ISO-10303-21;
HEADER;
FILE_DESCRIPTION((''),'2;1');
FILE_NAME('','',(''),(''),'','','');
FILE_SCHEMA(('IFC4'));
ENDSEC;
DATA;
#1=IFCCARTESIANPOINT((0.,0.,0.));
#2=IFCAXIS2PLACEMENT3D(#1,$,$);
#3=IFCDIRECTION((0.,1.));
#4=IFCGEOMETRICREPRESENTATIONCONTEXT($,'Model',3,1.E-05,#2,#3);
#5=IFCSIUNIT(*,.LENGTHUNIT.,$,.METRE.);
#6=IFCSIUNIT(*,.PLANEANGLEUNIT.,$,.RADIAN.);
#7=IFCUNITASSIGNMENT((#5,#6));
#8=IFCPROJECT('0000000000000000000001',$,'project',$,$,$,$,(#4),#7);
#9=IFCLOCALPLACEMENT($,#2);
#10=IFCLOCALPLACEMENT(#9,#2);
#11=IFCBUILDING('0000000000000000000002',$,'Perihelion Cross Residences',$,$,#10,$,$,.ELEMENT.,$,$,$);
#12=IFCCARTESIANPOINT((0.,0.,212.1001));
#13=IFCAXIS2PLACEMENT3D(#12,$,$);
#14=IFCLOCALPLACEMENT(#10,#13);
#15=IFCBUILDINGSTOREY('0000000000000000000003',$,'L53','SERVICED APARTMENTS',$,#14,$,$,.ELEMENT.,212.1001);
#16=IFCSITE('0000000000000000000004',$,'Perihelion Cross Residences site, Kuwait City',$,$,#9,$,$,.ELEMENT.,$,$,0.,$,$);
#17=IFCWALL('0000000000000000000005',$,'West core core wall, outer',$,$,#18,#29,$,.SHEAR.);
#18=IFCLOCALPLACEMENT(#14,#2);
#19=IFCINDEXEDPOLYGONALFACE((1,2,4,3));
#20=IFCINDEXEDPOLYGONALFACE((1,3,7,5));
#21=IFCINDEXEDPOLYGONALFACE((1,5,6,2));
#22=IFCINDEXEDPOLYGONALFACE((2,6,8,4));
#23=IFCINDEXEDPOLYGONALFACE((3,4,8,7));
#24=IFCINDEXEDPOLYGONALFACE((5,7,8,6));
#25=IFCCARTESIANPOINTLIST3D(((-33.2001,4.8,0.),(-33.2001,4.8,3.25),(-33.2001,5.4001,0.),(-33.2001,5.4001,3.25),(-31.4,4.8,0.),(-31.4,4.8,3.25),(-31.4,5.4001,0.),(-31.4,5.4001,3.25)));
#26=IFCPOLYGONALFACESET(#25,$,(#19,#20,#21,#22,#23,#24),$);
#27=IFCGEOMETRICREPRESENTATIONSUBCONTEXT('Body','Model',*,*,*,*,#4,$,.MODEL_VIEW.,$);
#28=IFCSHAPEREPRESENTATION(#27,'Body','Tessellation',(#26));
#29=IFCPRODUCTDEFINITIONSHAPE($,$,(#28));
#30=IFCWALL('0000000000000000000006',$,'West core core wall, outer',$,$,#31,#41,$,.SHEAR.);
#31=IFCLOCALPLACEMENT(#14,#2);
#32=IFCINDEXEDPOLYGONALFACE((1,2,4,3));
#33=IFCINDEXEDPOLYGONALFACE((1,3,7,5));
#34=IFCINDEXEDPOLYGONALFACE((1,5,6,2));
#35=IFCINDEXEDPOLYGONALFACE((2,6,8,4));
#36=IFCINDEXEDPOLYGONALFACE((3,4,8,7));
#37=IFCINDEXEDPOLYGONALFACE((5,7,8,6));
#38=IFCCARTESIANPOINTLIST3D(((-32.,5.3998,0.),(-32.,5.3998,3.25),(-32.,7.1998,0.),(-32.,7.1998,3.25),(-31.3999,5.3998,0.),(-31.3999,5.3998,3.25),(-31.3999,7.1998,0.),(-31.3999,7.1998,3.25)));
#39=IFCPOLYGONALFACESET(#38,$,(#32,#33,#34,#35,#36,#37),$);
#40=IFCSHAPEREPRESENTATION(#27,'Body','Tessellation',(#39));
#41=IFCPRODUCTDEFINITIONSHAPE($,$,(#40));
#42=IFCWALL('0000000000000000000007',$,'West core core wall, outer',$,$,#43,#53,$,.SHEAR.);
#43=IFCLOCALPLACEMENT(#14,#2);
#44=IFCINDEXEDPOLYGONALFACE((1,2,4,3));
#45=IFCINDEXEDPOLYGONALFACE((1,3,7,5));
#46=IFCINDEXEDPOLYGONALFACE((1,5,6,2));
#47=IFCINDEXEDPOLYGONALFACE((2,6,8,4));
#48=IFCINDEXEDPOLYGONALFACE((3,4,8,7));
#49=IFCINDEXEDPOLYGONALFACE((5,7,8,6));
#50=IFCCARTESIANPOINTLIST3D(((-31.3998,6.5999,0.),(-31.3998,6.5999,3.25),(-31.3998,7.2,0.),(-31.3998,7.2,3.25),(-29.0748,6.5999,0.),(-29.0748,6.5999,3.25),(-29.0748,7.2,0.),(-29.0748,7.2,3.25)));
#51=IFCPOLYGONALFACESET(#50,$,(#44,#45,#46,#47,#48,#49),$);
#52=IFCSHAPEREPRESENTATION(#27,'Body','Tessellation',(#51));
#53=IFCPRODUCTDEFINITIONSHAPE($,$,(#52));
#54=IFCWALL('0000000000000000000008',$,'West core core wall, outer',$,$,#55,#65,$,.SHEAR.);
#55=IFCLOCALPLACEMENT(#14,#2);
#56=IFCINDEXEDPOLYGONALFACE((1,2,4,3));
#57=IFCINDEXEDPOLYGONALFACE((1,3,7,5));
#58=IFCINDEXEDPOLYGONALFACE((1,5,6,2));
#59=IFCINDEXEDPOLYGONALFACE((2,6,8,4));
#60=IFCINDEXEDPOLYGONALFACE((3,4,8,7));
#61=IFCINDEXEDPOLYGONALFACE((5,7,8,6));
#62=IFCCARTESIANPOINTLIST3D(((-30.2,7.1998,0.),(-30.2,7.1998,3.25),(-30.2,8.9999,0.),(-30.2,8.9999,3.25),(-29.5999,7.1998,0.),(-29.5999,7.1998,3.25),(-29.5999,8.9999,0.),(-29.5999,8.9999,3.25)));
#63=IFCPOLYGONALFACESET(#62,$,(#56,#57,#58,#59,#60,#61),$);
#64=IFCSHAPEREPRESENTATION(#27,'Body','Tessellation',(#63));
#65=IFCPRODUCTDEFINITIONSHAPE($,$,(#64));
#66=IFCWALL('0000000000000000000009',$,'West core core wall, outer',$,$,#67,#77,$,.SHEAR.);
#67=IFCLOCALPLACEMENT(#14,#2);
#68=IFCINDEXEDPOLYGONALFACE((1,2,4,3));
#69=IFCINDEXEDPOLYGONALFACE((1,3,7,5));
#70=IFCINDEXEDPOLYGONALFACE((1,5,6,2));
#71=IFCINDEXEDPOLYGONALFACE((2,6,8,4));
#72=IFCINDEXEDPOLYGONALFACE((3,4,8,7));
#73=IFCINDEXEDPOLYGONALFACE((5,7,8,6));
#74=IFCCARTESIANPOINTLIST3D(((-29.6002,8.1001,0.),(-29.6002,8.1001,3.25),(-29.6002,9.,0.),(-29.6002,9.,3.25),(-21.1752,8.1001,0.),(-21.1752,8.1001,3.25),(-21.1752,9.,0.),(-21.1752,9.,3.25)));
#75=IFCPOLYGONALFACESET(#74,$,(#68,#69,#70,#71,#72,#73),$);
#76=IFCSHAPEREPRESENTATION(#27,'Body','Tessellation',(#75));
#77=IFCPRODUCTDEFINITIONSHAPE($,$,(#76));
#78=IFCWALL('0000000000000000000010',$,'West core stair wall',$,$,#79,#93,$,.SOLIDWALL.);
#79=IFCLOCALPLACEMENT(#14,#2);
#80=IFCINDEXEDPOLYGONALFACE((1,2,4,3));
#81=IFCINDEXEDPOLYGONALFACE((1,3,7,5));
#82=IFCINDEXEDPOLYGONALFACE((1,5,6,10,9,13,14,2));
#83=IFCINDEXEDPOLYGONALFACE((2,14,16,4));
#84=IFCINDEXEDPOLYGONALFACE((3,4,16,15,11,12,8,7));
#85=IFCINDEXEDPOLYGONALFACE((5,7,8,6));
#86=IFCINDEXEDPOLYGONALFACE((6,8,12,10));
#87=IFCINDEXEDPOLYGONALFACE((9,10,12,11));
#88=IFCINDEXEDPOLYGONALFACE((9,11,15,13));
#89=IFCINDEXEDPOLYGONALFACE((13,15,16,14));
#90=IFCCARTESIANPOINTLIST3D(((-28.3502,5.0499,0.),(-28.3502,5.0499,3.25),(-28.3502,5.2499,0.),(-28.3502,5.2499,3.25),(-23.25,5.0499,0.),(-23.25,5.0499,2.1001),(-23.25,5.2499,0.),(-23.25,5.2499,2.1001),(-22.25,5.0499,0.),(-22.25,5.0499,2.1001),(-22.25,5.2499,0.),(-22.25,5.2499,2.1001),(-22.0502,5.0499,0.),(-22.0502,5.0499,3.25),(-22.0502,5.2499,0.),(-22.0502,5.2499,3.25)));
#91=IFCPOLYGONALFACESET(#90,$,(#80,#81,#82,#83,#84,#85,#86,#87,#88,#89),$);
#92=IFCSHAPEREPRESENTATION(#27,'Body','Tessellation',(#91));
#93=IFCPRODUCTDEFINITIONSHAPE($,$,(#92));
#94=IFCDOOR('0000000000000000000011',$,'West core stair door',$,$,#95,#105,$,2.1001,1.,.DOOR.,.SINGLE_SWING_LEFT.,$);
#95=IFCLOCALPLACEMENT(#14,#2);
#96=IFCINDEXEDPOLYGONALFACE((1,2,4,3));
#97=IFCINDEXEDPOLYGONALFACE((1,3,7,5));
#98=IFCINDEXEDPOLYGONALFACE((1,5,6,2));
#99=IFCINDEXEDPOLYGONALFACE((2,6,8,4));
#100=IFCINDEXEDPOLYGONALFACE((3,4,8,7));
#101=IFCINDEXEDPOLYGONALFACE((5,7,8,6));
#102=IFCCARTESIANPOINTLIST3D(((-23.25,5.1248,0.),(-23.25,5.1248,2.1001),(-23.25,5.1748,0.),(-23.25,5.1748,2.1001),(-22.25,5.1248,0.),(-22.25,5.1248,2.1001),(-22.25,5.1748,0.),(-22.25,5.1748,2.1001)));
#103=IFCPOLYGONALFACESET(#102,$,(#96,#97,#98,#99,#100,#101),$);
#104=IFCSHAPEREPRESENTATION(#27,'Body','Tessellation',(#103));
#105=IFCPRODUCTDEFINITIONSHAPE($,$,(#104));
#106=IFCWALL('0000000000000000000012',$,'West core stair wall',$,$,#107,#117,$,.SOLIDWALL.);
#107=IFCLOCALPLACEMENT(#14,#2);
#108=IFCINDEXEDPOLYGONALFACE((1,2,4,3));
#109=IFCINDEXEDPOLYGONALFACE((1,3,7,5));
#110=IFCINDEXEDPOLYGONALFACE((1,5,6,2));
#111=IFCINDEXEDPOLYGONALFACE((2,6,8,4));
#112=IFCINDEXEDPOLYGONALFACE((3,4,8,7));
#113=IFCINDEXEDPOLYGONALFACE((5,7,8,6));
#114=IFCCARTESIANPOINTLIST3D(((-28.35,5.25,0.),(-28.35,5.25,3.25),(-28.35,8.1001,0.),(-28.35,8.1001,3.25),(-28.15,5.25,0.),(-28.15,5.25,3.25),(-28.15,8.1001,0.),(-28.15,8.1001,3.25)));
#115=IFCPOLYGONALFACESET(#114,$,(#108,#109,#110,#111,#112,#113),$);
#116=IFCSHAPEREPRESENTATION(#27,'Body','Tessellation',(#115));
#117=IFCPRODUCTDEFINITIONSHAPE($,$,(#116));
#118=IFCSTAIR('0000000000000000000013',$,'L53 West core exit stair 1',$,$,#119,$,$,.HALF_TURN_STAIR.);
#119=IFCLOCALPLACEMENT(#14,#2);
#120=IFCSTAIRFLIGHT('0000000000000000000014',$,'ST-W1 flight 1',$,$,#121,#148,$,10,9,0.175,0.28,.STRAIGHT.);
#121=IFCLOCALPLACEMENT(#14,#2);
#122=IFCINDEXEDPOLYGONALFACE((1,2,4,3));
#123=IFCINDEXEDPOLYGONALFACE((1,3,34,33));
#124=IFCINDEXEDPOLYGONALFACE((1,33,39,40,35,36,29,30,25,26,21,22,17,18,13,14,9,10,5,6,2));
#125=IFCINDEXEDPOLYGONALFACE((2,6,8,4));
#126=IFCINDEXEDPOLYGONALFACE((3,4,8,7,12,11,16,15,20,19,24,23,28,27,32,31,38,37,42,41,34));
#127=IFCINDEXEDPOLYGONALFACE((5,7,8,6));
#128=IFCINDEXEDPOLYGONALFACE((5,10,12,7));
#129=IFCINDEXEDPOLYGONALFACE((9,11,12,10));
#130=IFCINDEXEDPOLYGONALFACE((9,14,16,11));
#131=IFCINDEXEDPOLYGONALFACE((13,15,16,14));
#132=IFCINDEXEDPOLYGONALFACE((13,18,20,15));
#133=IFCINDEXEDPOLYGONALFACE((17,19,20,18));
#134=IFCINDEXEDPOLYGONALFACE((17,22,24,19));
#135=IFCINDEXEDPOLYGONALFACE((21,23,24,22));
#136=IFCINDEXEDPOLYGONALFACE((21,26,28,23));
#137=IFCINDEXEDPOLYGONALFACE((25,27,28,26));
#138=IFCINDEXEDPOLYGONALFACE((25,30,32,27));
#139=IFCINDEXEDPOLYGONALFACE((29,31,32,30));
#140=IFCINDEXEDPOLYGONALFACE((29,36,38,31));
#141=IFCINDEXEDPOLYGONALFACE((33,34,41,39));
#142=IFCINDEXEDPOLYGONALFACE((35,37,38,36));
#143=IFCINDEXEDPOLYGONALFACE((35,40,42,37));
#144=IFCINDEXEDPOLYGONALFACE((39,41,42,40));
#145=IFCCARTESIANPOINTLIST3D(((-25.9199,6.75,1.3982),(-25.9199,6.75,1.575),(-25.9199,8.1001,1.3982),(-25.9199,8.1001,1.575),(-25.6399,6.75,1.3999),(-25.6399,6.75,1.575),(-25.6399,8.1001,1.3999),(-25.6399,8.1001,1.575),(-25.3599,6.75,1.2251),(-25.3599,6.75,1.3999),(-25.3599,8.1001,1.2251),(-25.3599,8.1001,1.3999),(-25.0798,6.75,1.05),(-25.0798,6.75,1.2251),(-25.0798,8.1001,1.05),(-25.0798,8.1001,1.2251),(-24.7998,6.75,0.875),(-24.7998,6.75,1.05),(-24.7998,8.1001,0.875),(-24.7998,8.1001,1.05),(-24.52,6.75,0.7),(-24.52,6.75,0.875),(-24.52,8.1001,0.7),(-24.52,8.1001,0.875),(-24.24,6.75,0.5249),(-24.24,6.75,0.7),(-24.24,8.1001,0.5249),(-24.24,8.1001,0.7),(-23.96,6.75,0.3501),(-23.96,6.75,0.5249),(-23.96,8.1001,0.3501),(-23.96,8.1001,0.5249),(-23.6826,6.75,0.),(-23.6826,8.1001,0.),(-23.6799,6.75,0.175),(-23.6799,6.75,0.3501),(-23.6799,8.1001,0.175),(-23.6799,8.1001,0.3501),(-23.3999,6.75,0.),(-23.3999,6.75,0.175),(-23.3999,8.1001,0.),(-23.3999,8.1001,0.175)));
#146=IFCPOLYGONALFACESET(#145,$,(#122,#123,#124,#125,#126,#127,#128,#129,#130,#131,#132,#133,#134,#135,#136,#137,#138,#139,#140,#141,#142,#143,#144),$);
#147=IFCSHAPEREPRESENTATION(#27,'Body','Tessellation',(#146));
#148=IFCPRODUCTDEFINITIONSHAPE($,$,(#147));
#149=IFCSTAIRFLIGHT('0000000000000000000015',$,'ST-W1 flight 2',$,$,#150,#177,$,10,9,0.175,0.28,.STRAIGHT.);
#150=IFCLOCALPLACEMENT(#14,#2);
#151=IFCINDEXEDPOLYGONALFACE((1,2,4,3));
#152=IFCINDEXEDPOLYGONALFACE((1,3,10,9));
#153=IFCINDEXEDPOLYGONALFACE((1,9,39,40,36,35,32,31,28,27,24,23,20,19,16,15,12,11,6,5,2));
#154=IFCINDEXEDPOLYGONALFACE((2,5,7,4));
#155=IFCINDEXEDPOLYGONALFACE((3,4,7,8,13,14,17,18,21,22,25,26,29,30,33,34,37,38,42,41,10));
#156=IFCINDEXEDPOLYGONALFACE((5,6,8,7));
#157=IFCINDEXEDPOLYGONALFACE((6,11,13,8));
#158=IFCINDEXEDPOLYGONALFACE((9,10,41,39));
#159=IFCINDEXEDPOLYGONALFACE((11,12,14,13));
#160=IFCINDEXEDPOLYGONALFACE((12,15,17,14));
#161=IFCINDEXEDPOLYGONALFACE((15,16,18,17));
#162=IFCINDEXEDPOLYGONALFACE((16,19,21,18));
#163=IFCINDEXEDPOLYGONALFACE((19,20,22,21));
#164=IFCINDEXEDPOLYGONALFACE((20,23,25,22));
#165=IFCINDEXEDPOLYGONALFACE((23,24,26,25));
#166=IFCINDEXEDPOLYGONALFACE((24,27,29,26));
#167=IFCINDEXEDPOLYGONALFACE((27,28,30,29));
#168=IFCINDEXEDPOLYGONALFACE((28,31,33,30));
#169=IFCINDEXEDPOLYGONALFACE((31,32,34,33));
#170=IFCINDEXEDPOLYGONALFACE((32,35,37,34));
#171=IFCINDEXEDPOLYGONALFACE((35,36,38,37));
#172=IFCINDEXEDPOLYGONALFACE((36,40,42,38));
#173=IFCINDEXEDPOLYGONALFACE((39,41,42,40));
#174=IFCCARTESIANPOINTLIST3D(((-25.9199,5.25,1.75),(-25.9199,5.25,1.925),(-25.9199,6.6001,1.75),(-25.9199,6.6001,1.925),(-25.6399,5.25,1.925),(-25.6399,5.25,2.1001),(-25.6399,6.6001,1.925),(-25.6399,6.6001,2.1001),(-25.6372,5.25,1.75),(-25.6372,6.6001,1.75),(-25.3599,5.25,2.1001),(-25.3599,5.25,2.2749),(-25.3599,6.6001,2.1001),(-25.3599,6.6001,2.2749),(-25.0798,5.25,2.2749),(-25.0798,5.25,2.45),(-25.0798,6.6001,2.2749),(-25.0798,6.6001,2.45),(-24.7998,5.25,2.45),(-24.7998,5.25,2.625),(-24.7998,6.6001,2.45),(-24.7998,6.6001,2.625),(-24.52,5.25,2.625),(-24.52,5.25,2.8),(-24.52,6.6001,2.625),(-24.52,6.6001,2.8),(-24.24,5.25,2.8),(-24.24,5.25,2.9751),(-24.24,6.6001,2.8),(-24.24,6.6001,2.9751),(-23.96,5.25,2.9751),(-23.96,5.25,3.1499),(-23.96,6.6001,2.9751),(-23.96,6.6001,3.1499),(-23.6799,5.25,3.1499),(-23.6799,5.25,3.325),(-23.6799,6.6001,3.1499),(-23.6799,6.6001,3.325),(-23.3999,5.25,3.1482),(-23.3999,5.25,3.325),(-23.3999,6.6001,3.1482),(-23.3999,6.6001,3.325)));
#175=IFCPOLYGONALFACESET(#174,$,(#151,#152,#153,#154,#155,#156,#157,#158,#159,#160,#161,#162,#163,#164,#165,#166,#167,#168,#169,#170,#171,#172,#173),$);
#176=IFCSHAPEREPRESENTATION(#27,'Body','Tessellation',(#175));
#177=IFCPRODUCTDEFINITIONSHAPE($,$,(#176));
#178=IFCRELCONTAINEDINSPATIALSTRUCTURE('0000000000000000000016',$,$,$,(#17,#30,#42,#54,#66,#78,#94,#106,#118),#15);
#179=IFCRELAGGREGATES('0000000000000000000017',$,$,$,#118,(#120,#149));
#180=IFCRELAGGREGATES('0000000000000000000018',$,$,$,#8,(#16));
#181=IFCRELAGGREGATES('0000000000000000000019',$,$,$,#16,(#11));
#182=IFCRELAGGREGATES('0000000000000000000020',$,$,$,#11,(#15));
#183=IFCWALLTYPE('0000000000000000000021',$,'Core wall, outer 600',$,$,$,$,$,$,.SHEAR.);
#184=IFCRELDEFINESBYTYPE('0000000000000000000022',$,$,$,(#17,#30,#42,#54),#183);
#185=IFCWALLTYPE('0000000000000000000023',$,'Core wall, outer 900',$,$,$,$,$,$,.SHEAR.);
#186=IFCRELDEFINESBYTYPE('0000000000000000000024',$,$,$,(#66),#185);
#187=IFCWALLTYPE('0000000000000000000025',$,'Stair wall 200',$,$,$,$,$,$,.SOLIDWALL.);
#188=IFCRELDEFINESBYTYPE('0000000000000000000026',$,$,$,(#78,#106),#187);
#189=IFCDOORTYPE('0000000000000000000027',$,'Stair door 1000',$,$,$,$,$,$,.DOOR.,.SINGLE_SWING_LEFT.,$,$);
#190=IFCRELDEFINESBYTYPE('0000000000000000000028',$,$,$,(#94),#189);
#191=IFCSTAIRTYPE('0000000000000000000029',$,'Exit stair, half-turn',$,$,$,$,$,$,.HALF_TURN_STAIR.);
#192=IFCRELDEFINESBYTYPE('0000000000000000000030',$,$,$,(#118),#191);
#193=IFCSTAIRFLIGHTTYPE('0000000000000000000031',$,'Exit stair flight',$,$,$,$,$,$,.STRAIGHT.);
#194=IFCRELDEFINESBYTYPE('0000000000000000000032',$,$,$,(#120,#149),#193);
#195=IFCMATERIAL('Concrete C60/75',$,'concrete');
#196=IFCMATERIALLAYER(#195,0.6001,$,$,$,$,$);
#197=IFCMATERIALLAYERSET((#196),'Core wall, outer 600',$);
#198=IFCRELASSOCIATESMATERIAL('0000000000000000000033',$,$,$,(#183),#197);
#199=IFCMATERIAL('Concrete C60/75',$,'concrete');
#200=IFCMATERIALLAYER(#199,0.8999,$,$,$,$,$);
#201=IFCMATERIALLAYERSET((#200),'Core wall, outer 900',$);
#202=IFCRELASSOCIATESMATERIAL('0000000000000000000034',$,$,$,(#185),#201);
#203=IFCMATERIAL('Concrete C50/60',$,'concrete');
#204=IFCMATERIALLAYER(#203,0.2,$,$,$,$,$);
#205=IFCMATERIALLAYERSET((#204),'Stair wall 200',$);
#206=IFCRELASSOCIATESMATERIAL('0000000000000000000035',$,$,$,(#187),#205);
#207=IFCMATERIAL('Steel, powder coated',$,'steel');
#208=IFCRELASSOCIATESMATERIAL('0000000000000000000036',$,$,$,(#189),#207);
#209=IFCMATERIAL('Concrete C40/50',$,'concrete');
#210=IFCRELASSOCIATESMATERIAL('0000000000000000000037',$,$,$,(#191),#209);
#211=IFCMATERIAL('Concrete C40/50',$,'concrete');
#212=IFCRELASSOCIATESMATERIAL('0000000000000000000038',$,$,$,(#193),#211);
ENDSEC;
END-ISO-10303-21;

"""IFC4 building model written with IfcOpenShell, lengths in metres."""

from ifc_helpers import new_model, si_unit, direction, frame, frame_2d, origin, place, context, subcontext, project, spatial, polyline, rectangle, outline, extrude, material, layer, layer_set, type_object, element, fill, aggregate, save


model = new_model("IFC4")

# Units and contexts
model_context = context("Model", 3, precision=1e-05, world=origin(), true_north=direction((0.0, 1.0)))
body_context = subcontext(model_context, "Body", "Model", "MODEL_VIEW")
ifc_project = project(units=[si_unit("LENGTHUNIT", "METRE"), si_unit("PLANEANGLEUNIT", "RADIAN")], contexts=[model_context])

# Site, building, storey
site_placement = place(None, origin())
site = spatial("IfcSite", under=ifc_project, at=site_placement, Name="Perihelion Cross Residences site, Kuwait City", CompositionType="ELEMENT", RefElevation=0.0)
building_placement = place(site_placement, origin())
building = spatial("IfcBuilding", under=site, at=building_placement, Name="Perihelion Cross Residences", CompositionType="ELEMENT")
storey_placement = place(building_placement, frame((0.0, 0.0, 212.1001)))
storey = spatial("IfcBuildingStorey", under=building, at=storey_placement, Name="L53", Description="SERVICED APARTMENTS", CompositionType="ELEMENT", Elevation=212.1001)

# Walls
ifc_material_1 = material(Name="Concrete C60/75", Category="concrete")
ifc_layer_1 = layer(ifc_material_1, 0.6001)
ifc_layer_set_1 = layer_set([ifc_layer_1], Name="Core wall, outer 600")
wall_type_1 = type_object("IfcWallType", Name="Core wall, outer 600", PredefinedType="SHEAR", material=ifc_layer_set_1)
for number, where, z_axis, x_axis, name in (
    (1, (-33.2, 5.1001, 0.0), (0.0, 0.0, 1.0), (1.0, 0.0, 0.0), "West core core wall, outer"),
    (2, (-31.7, 5.3999, 0.0), (0.0, 0.0, 1.0), (0.0, 1.0, 0.0), "West core core wall, outer"),
):
    element("IfcWall", number, at=place(storey_placement, frame(where, z_axis=z_axis, x_axis=x_axis)), inside=storey, type_object=wall_type_1, Name=name, PredefinedType="SHEAR", context=body_context, shape_type="SweptSolid", body=[
        extrude(rectangle(XDim=1.8, YDim=0.6001, at=frame_2d((0.8999, 0.0))), origin(), (0.0, 0.0, 1.0), 3.25),
    ])
wall_1_placement = place(storey_placement, frame((-31.3999, 6.8999, 0.0), z_axis=(0.0, 0.0, 1.0), x_axis=(1.0, 0.0, 0.0)))
element("IfcWall", 3, at=wall_1_placement, inside=storey, type_object=wall_type_1, Name="West core core wall, outer", PredefinedType="SHEAR", context=body_context, shape_type="SweptSolid", body=[
    extrude(rectangle(XDim=2.325, YDim=0.6001, at=frame_2d((1.1626, 0.0))), origin(), (0.0, 0.0, 1.0), 3.25),
])
wall_2_placement = place(storey_placement, frame((-29.8999, 7.2, 0.0), z_axis=(0.0, 0.0, 1.0), x_axis=(0.0, 1.0, 0.0)))
element("IfcWall", 4, at=wall_2_placement, inside=storey, type_object=wall_type_1, Name="West core core wall, outer", PredefinedType="SHEAR", context=body_context, shape_type="SweptSolid", body=[
    extrude(rectangle(XDim=1.8, YDim=0.6001, at=frame_2d((0.8999, 0.0))), origin(), (0.0, 0.0, 1.0), 3.25),
])
ifc_material_2 = material(Name="Concrete C60/75", Category="concrete")
ifc_layer_2 = layer(ifc_material_2, 0.8999)
ifc_layer_set_2 = layer_set([ifc_layer_2], Name="Core wall, outer 900")
wall_type_2 = type_object("IfcWallType", Name="Core wall, outer 900", PredefinedType="SHEAR", material=ifc_layer_set_2)
wall_3_placement = place(storey_placement, frame((-29.6001, 8.55, 0.0), z_axis=(0.0, 0.0, 1.0), x_axis=(1.0, 0.0, 0.0)))
element("IfcWall", 5, at=wall_3_placement, inside=storey, type_object=wall_type_2, Name="West core core wall, outer", PredefinedType="SHEAR", context=body_context, shape_type="SweptSolid", body=[
    extrude(rectangle(XDim=8.425, YDim=0.8999, at=frame_2d((4.2124, 0.0))), origin(), (0.0, 0.0, 1.0), 3.25),
])

# Wall, opening, door
ifc_material_3 = material(Name="Concrete C50/60", Category="concrete")
ifc_layer_3 = layer(ifc_material_3, 0.2)
ifc_layer_set_3 = layer_set([ifc_layer_3], Name="Stair wall 200")
wall_type_3 = type_object("IfcWallType", Name="Stair wall 200", PredefinedType="SOLIDWALL", material=ifc_layer_set_3)
wall_4_placement = place(storey_placement, frame((-28.3501, 5.1499, 0.0), z_axis=(0.0, 0.0, 1.0), x_axis=(1.0, 0.0, 0.0)))
wall_4 = element("IfcWall", 6, at=wall_4_placement, inside=storey, type_object=wall_type_3, Name="West core stair wall", PredefinedType="SOLIDWALL", context=body_context, shape_type="SweptSolid", body=[
    extrude(rectangle(XDim=6.3, YDim=0.2, at=frame_2d((3.1499, 0.0))), origin(), (0.0, 0.0, 1.0), 3.25),
])
opening_placement = place(wall_4_placement, frame((5.1001, 0.0, 0.0)))
opening = element("IfcOpeningElement", 7, at=opening_placement, cuts=wall_4, PredefinedType="OPENING", context=body_context, shape_type="SweptSolid", body=[
    extrude(rectangle(XDim=1.0, YDim=2.1001, at=frame_2d((0.5, 1.05))), frame((0.0, 0.1099, 0.0), z_axis=(0.0, -1.0, 0.0), x_axis=(1.0, 0.0, 0.0)), (0.0, 0.0, 1.0), 0.22),
])
ifc_material_4 = material(Name="Steel, powder coated", Category="steel")
door_type = type_object("IfcDoorType", Name="Stair door 1000", OperationType="SINGLE_SWING_LEFT", PredefinedType="DOOR", material=ifc_material_4)
door_placement = place(opening_placement, origin())
door = element("IfcDoor", 8, at=door_placement, inside=storey, type_object=door_type, Name="West core stair door", OperationType="SINGLE_SWING_LEFT", OverallHeight=2.1001, OverallWidth=1.0, PredefinedType="DOOR", context=body_context, shape_type="SweptSolid", body=[
    extrude(rectangle(XDim=1.0, YDim=2.1001, at=frame_2d((0.5, 1.05))), frame((0.0, 0.0249, 0.0), z_axis=(0.0, -1.0, 0.0), x_axis=(1.0, 0.0, 0.0)), (0.0, 0.0, 1.0), 0.05),
])
fill(opening, door)

# Wall
wall_5_placement = place(storey_placement, frame((-28.25, 5.25, 0.0), z_axis=(0.0, 0.0, 1.0), x_axis=(0.0, 1.0, 0.0)))
element("IfcWall", 9, at=wall_5_placement, inside=storey, type_object=wall_type_3, Name="West core stair wall", PredefinedType="SOLIDWALL", context=body_context, shape_type="SweptSolid", body=[
    extrude(rectangle(XDim=2.8501, YDim=0.2, at=frame_2d((1.425, 0.0))), origin(), (0.0, 0.0, 1.0), 3.25),
])

# Stair, stair flights
ifc_material_5 = material(Name="Concrete C40/50", Category="concrete")
stair_type = type_object("IfcStairType", Name="Exit stair, half-turn", PredefinedType="HALF_TURN_STAIR", material=ifc_material_5)
stair_placement = place(storey_placement, origin())
stair = element("IfcStair", 10, at=stair_placement, inside=storey, type_object=stair_type, Name="L53 West core exit stair 1", PredefinedType="HALF_TURN_STAIR")
ifc_material_6 = material(Name="Concrete C40/50", Category="concrete")
stair_flight_type = type_object("IfcStairFlightType", Name="Exit stair flight", PredefinedType="STRAIGHT", material=ifc_material_6)
stair_flight_1_placement = place(storey_placement, frame((-23.3999, 7.425, 0.0), z_axis=(0.0, 0.0, 1.0), x_axis=(-1.0, 0.0, 0.0)))
stair_flight_1 = element("IfcStairFlight", 11, at=stair_flight_1_placement, type_object=stair_flight_type, Name="ST-W1 flight 1", NumberOfRisers=10, NumberOfTreads=9, PredefinedType="STRAIGHT", RiserHeight=0.175, TreadLength=0.28, context=body_context, shape_type="SweptSolid", body=[
    extrude(outline(polyline([(0.0, 0.0), (0.0, 0.175), (0.28, 0.175), (0.28, 0.3501), (0.5601, 0.3501), (0.5601, 0.5249), (0.8401, 0.5249), (0.8401, 0.7), (1.1201, 0.7), (1.1201, 0.875), (1.3999, 0.875), (1.3999, 1.05), (1.6799, 1.05), (1.6799, 1.2251), (1.96, 1.2251), (1.96, 1.3999), (2.24, 1.3999), (2.24, 1.575), (2.52, 1.575), (2.52, 1.75), (2.52, 1.3982), (0.2827, 0.0), (0.0, 0.0)])), frame((0.0, 0.675, 0.0), z_axis=(0.0, -1.0, 0.0), x_axis=(1.0, 0.0, 0.0)), (0.0, 0.0, 1.0), 1.3501),
])
stair_flight_2_placement = place(storey_placement, frame((-25.9199, 5.925, 1.75), z_axis=(0.0, 0.0, 1.0), x_axis=(1.0, 0.0, 0.0)))
stair_flight_2 = element("IfcStairFlight", 12, at=stair_flight_2_placement, type_object=stair_flight_type, Name="ST-W1 flight 2", NumberOfRisers=10, NumberOfTreads=9, PredefinedType="STRAIGHT", RiserHeight=0.175, TreadLength=0.28, context=body_context, shape_type="SweptSolid", body=[
    extrude(outline(polyline([(0.0, 0.0), (0.0, 0.175), (0.28, 0.175), (0.28, 0.3501), (0.5601, 0.3501), (0.5601, 0.5249), (0.8401, 0.5249), (0.8401, 0.7), (1.1201, 0.7), (1.1201, 0.875), (1.3999, 0.875), (1.3999, 1.05), (1.6799, 1.05), (1.6799, 1.2251), (1.96, 1.2251), (1.96, 1.3999), (2.24, 1.3999), (2.24, 1.575), (2.52, 1.575), (2.52, 1.75), (2.52, 1.3982), (0.2827, 0.0), (0.0, 0.0)])), frame((0.0, 0.675, 0.0), z_axis=(0.0, -1.0, 0.0), x_axis=(1.0, 0.0, 0.0)), (0.0, 0.0, 1.0), 1.3501),
])
aggregate(stair, [stair_flight_1, stair_flight_2])

save(model, "model.ifc")
